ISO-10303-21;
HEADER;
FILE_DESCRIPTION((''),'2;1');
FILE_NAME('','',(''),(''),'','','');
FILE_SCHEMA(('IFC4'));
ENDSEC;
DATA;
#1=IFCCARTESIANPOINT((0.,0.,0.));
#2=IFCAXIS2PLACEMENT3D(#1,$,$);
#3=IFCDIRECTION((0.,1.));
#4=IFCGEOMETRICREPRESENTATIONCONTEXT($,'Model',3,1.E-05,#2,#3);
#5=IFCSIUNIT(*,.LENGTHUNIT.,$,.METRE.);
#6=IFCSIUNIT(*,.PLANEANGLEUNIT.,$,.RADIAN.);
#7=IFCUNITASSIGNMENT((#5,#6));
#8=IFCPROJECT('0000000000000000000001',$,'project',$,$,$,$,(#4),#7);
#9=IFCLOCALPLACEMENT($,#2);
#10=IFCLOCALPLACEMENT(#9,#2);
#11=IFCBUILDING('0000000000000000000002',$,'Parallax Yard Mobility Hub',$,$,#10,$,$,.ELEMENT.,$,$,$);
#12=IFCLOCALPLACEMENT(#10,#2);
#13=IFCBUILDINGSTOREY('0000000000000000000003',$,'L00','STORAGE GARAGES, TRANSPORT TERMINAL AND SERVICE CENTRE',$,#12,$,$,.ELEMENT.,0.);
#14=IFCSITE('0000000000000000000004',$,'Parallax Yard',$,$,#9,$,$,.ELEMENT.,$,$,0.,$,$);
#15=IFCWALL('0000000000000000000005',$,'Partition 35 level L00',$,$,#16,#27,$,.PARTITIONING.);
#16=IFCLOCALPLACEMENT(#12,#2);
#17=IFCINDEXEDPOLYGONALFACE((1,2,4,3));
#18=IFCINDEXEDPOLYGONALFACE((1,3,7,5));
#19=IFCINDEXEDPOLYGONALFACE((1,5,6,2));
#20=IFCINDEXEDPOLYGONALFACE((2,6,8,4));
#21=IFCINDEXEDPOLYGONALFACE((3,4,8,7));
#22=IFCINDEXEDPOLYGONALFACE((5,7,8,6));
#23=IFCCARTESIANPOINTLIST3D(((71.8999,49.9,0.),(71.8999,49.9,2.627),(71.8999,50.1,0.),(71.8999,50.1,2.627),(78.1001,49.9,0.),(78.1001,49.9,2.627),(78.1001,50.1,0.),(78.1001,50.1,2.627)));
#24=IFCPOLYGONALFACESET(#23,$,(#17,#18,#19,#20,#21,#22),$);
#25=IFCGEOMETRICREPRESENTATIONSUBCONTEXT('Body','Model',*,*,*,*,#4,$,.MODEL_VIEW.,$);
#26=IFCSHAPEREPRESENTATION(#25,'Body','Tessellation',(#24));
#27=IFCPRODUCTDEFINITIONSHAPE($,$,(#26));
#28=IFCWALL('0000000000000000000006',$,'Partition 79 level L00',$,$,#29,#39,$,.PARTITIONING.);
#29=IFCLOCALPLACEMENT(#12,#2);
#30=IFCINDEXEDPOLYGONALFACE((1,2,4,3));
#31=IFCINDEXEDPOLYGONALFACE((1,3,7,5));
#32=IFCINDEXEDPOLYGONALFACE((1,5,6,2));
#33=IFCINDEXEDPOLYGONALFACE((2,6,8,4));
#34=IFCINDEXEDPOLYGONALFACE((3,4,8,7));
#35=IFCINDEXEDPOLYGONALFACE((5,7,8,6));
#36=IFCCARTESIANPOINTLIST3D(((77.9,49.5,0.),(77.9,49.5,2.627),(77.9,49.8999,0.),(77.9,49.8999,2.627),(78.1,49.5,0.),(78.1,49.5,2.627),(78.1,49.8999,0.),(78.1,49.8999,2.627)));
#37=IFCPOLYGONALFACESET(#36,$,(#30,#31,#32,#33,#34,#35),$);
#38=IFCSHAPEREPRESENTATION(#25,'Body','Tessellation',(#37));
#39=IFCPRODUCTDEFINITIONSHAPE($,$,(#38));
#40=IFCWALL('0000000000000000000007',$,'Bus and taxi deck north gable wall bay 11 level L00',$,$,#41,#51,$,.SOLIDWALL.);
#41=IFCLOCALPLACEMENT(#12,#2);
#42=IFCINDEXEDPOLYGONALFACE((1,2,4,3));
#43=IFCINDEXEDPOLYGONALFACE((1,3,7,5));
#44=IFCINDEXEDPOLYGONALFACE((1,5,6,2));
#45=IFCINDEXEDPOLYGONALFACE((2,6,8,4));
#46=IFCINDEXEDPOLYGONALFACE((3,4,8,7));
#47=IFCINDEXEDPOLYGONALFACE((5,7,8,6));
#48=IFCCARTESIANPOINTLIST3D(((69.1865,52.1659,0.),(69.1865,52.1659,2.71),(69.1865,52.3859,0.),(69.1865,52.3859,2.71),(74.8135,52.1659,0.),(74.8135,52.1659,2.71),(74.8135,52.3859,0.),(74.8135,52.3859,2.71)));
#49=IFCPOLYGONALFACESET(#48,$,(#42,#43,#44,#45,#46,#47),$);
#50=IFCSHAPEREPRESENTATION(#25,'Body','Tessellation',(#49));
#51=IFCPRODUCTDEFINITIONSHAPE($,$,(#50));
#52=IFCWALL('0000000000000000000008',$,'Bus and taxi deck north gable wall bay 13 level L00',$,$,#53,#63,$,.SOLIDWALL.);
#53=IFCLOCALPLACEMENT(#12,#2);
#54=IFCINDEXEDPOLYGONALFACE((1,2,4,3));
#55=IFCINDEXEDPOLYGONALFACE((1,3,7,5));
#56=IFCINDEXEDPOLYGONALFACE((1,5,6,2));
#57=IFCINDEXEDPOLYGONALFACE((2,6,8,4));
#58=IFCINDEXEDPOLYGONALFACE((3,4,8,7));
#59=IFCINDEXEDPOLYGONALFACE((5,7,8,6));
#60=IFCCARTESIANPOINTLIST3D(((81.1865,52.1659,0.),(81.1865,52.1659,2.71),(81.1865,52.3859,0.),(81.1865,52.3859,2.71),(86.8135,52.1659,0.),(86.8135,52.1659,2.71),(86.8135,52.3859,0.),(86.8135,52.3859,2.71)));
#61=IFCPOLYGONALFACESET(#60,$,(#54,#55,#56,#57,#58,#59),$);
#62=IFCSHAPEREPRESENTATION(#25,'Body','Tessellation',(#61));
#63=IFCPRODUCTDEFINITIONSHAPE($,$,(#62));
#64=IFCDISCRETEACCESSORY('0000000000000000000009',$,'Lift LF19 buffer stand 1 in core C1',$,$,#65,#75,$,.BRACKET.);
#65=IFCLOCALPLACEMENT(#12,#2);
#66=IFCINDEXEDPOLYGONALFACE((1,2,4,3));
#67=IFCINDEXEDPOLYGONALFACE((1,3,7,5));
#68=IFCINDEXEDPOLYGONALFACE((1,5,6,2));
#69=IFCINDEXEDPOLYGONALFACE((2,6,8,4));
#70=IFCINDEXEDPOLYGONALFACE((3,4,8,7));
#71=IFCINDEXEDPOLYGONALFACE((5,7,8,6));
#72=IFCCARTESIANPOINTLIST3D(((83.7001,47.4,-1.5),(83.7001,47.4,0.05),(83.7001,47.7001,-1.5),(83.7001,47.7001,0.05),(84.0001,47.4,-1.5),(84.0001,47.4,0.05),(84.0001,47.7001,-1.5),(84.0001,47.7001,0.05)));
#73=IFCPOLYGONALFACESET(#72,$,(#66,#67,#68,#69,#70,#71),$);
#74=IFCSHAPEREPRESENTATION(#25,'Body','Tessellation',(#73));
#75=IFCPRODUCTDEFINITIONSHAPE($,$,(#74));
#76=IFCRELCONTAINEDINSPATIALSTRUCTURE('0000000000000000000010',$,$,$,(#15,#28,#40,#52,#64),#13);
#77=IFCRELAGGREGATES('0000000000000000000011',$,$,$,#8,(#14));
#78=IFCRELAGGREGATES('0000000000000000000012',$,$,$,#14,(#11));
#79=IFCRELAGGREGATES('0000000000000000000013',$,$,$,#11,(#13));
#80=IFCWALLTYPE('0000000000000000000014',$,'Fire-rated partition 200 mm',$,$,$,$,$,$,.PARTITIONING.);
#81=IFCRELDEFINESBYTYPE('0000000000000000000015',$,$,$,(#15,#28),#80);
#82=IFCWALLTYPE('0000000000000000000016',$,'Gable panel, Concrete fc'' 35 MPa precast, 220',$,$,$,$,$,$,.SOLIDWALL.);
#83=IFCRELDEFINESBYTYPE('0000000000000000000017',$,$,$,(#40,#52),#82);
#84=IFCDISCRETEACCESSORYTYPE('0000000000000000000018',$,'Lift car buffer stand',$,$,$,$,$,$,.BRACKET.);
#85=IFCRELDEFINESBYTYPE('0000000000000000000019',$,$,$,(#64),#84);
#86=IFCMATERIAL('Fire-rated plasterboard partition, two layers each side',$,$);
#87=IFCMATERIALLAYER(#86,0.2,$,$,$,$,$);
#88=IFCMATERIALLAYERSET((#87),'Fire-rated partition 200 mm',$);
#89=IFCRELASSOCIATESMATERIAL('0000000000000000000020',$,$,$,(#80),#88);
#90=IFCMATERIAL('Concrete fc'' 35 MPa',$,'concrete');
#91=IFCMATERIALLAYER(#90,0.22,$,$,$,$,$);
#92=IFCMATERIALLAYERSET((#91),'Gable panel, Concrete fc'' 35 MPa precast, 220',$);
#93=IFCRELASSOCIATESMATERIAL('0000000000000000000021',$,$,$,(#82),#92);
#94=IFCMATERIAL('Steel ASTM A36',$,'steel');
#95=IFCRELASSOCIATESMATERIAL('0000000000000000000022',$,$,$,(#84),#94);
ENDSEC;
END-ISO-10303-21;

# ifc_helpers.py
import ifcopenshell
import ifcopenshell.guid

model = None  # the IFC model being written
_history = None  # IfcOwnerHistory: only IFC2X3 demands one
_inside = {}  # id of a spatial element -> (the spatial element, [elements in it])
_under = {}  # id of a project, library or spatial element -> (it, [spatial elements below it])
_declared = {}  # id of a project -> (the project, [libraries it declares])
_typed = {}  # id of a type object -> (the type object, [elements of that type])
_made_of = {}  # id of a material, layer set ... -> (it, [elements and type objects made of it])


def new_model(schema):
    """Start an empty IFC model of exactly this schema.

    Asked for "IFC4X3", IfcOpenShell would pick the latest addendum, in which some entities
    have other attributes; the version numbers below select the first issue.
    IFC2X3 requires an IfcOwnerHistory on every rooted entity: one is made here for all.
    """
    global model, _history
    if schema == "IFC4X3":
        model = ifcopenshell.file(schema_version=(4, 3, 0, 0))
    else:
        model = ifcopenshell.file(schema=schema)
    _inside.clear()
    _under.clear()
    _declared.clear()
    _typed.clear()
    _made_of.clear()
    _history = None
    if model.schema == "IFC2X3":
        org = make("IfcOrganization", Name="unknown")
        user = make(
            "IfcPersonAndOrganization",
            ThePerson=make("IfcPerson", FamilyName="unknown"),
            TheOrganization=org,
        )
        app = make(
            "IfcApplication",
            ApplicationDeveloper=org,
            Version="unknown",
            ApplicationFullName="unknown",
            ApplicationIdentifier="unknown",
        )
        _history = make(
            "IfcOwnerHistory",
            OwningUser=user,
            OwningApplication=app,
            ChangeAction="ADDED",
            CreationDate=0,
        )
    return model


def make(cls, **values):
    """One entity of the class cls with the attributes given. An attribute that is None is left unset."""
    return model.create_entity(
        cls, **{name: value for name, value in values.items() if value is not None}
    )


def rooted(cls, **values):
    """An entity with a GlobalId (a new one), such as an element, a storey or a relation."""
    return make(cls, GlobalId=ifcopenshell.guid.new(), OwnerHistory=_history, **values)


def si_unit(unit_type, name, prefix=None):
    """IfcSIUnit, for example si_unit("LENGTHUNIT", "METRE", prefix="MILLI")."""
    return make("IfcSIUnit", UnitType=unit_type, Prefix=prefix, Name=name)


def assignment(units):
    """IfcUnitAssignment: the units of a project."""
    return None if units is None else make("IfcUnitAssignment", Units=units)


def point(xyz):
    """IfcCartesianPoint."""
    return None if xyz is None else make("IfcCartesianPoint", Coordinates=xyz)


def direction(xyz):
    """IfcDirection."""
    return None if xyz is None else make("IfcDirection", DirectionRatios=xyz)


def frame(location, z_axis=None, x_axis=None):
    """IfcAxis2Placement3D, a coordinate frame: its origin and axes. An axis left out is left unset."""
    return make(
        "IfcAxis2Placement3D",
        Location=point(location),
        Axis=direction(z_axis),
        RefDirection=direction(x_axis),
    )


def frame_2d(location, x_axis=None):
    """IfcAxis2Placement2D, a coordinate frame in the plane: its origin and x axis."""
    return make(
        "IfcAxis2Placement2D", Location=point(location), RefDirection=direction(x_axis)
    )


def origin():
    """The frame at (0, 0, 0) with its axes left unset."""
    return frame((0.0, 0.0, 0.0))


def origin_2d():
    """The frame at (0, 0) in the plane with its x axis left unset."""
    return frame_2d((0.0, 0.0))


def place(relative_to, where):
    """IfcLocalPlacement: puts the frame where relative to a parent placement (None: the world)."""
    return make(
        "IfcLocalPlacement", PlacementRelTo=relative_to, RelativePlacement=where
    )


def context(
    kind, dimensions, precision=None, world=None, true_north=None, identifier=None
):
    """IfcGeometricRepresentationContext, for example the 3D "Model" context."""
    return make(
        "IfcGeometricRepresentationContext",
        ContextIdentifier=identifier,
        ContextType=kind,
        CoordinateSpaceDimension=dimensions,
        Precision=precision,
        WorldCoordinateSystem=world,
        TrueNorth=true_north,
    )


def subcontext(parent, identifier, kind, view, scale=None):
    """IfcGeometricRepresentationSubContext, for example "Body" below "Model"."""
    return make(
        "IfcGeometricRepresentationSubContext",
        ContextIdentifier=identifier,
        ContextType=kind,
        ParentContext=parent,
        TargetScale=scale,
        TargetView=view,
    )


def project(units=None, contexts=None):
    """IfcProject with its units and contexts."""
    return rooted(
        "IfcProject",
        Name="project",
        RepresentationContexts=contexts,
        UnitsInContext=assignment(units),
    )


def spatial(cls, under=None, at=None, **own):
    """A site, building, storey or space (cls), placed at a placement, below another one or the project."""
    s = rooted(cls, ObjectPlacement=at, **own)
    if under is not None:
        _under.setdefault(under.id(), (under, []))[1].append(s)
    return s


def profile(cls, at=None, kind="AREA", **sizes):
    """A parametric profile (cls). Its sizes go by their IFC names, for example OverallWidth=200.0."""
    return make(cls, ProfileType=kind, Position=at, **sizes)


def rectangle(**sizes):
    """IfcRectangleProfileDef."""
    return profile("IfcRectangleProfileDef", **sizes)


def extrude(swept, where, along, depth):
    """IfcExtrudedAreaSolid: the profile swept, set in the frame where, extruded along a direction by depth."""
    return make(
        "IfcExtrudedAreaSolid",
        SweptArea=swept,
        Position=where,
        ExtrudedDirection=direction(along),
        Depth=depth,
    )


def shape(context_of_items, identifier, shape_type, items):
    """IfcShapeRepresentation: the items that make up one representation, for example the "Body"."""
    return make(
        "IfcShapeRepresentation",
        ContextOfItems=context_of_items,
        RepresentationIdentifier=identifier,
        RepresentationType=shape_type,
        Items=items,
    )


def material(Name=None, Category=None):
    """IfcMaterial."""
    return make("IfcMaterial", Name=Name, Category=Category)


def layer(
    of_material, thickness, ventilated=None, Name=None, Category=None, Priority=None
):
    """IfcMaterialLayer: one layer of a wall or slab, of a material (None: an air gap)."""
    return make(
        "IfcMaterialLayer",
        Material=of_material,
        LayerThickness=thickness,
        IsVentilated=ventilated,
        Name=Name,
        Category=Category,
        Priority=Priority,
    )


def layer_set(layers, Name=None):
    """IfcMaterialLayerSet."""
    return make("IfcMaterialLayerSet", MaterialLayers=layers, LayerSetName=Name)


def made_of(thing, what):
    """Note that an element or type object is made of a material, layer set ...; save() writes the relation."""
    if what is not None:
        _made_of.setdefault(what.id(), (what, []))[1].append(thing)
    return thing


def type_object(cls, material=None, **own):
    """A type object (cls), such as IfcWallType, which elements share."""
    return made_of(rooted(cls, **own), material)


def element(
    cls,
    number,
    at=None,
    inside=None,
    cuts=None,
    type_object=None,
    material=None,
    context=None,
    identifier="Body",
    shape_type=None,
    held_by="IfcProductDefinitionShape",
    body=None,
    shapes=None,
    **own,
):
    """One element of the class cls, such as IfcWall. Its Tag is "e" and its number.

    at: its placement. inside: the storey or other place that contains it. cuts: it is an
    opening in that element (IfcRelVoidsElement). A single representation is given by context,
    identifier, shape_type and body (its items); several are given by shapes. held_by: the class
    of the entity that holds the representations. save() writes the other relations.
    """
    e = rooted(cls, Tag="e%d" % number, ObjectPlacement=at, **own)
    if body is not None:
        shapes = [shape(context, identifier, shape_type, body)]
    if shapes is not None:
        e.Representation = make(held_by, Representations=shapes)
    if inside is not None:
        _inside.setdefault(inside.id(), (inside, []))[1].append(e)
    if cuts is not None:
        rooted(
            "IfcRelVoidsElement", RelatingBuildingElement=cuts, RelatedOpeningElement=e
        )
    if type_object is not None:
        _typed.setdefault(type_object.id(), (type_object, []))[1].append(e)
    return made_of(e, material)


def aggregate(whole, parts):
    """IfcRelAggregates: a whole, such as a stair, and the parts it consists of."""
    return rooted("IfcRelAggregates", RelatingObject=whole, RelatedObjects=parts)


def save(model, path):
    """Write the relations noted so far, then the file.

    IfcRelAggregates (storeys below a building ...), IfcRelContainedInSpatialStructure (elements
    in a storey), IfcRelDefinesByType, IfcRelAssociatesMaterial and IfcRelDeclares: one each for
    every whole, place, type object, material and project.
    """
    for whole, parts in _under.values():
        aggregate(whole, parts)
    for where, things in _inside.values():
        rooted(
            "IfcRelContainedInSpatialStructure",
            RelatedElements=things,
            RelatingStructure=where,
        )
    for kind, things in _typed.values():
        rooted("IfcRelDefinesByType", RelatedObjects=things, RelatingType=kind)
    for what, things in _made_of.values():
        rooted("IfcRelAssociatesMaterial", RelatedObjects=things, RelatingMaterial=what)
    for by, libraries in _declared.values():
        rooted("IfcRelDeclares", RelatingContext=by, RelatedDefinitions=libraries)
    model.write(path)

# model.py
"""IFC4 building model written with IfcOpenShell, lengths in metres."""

from ifc_helpers import new_model, si_unit, direction, frame, frame_2d, origin, origin_2d, place, context, subcontext, project, spatial, rectangle, extrude, material, layer, layer_set, type_object, element, save


model = new_model("IFC4")

# Units and contexts
model_context = context("Model", 3, precision=1e-05, world=origin(), true_north=direction((0.0, 1.0)))
body_context = subcontext(model_context, "Body", "Model", "MODEL_VIEW")
ifc_project = project(units=[si_unit("LENGTHUNIT", "METRE"), si_unit("PLANEANGLEUNIT", "RADIAN")], contexts=[model_context])

# Site, building, storey
site_placement = place(None, origin())
site = spatial("IfcSite", under=ifc_project, at=site_placement, Name="Parallax Yard", CompositionType="ELEMENT", RefElevation=0.0)
building_placement = place(site_placement, origin())
building = spatial("IfcBuilding", under=site, at=building_placement, Name="Parallax Yard Mobility Hub", CompositionType="ELEMENT")
storey_placement = place(building_placement, origin())
storey = spatial("IfcBuildingStorey", under=building, at=storey_placement, Name="L00", Description="STORAGE GARAGES, TRANSPORT TERMINAL AND SERVICE CENTRE", CompositionType="ELEMENT", Elevation=0.0)

# Walls
ifc_material_1 = material(Name="Concrete fc' 35 MPa", Category="concrete")
ifc_material_2 = material(Name="Fire-rated plasterboard partition, two layers each side")
ifc_layer_1 = layer(ifc_material_2, 0.2)
ifc_layer_set_1 = layer_set([ifc_layer_1], Name="Fire-rated partition 200 mm")
wall_type_1 = type_object("IfcWallType", Name="Fire-rated partition 200 mm", PredefinedType="PARTITIONING", material=ifc_layer_set_1)
wall_1_placement = place(storey_placement, frame((71.8999, 50.0, 0.0), z_axis=(0.0, 0.0, 1.0), x_axis=(1.0, 0.0, 0.0)))
element("IfcWall", 1, at=wall_1_placement, inside=storey, type_object=wall_type_1, Name="Partition 35 level L00", PredefinedType="PARTITIONING", context=body_context, shape_type="SweptSolid", body=[
    extrude(rectangle(XDim=6.2002, YDim=0.2, at=frame_2d((3.1001, 0.0))), origin(), (0.0, 0.0, 1.0), 2.627),
])
wall_2_placement = place(storey_placement, frame((78.0, 49.5, 0.0), z_axis=(0.0, 0.0, 1.0), x_axis=(0.0, 1.0, 0.0)))
element("IfcWall", 2, at=wall_2_placement, inside=storey, type_object=wall_type_1, Name="Partition 79 level L00", PredefinedType="PARTITIONING", context=body_context, shape_type="SweptSolid", body=[
    extrude(rectangle(XDim=0.3999, YDim=0.2, at=frame_2d((0.2, 0.0))), origin(), (0.0, 0.0, 1.0), 2.627),
])
ifc_layer_2 = layer(ifc_material_1, 0.22)
ifc_layer_set_2 = layer_set([ifc_layer_2], Name="Gable panel, Concrete fc' 35 MPa precast, 220")
wall_type_2 = type_object("IfcWallType", Name="Gable panel, Concrete fc' 35 MPa precast, 220", PredefinedType="SOLIDWALL", material=ifc_layer_set_2)
wall_3_placement = place(storey_placement, frame((69.1865, 52.2759, 0.0), z_axis=(0.0, 0.0, 1.0), x_axis=(1.0, 0.0, 0.0)))
element("IfcWall", 3, at=wall_3_placement, inside=storey, type_object=wall_type_2, Name="Bus and taxi deck north gable wall bay 11 level L00", PredefinedType="SOLIDWALL", context=body_context, shape_type="SweptSolid", body=[
    extrude(rectangle(XDim=5.627, YDim=0.22, at=frame_2d((2.8135, 0.0))), origin(), (0.0, 0.0, 1.0), 2.71),
])

# Wall
wall_4_placement = place(storey_placement, frame((81.1865, 52.2759, 0.0), z_axis=(0.0, 0.0, 1.0), x_axis=(1.0, 0.0, 0.0)))
element("IfcWall", 4, at=wall_4_placement, inside=storey, type_object=wall_type_2, Name="Bus and taxi deck north gable wall bay 13 level L00", PredefinedType="SOLIDWALL", context=body_context, shape_type="SweptSolid", body=[
    extrude(rectangle(XDim=5.627, YDim=0.22, at=frame_2d((2.8135, 0.0))), origin(), (0.0, 0.0, 1.0), 2.71),
])

# Discrete accessory
ifc_material_3 = material(Name="Steel ASTM A36", Category="steel")
discrete_accessory_type = type_object("IfcDiscreteAccessoryType", Name="Lift car buffer stand", PredefinedType="BRACKET", material=ifc_material_3)
discrete_accessory_placement = place(storey_placement, frame((83.8501, 47.55, -1.5), z_axis=(0.0, 0.0, 1.0), x_axis=(1.0, 0.0, 0.0)))
element("IfcDiscreteAccessory", 5, at=discrete_accessory_placement, inside=storey, type_object=discrete_accessory_type, Name="Lift LF19 buffer stand 1 in core C1", PredefinedType="BRACKET", context=body_context, shape_type="SweptSolid", body=[
    extrude(rectangle(XDim=0.3, YDim=0.3, at=origin_2d()), origin(), (0.0, 0.0, 1.0), 1.55),
])

save(model, "model.ifc")
